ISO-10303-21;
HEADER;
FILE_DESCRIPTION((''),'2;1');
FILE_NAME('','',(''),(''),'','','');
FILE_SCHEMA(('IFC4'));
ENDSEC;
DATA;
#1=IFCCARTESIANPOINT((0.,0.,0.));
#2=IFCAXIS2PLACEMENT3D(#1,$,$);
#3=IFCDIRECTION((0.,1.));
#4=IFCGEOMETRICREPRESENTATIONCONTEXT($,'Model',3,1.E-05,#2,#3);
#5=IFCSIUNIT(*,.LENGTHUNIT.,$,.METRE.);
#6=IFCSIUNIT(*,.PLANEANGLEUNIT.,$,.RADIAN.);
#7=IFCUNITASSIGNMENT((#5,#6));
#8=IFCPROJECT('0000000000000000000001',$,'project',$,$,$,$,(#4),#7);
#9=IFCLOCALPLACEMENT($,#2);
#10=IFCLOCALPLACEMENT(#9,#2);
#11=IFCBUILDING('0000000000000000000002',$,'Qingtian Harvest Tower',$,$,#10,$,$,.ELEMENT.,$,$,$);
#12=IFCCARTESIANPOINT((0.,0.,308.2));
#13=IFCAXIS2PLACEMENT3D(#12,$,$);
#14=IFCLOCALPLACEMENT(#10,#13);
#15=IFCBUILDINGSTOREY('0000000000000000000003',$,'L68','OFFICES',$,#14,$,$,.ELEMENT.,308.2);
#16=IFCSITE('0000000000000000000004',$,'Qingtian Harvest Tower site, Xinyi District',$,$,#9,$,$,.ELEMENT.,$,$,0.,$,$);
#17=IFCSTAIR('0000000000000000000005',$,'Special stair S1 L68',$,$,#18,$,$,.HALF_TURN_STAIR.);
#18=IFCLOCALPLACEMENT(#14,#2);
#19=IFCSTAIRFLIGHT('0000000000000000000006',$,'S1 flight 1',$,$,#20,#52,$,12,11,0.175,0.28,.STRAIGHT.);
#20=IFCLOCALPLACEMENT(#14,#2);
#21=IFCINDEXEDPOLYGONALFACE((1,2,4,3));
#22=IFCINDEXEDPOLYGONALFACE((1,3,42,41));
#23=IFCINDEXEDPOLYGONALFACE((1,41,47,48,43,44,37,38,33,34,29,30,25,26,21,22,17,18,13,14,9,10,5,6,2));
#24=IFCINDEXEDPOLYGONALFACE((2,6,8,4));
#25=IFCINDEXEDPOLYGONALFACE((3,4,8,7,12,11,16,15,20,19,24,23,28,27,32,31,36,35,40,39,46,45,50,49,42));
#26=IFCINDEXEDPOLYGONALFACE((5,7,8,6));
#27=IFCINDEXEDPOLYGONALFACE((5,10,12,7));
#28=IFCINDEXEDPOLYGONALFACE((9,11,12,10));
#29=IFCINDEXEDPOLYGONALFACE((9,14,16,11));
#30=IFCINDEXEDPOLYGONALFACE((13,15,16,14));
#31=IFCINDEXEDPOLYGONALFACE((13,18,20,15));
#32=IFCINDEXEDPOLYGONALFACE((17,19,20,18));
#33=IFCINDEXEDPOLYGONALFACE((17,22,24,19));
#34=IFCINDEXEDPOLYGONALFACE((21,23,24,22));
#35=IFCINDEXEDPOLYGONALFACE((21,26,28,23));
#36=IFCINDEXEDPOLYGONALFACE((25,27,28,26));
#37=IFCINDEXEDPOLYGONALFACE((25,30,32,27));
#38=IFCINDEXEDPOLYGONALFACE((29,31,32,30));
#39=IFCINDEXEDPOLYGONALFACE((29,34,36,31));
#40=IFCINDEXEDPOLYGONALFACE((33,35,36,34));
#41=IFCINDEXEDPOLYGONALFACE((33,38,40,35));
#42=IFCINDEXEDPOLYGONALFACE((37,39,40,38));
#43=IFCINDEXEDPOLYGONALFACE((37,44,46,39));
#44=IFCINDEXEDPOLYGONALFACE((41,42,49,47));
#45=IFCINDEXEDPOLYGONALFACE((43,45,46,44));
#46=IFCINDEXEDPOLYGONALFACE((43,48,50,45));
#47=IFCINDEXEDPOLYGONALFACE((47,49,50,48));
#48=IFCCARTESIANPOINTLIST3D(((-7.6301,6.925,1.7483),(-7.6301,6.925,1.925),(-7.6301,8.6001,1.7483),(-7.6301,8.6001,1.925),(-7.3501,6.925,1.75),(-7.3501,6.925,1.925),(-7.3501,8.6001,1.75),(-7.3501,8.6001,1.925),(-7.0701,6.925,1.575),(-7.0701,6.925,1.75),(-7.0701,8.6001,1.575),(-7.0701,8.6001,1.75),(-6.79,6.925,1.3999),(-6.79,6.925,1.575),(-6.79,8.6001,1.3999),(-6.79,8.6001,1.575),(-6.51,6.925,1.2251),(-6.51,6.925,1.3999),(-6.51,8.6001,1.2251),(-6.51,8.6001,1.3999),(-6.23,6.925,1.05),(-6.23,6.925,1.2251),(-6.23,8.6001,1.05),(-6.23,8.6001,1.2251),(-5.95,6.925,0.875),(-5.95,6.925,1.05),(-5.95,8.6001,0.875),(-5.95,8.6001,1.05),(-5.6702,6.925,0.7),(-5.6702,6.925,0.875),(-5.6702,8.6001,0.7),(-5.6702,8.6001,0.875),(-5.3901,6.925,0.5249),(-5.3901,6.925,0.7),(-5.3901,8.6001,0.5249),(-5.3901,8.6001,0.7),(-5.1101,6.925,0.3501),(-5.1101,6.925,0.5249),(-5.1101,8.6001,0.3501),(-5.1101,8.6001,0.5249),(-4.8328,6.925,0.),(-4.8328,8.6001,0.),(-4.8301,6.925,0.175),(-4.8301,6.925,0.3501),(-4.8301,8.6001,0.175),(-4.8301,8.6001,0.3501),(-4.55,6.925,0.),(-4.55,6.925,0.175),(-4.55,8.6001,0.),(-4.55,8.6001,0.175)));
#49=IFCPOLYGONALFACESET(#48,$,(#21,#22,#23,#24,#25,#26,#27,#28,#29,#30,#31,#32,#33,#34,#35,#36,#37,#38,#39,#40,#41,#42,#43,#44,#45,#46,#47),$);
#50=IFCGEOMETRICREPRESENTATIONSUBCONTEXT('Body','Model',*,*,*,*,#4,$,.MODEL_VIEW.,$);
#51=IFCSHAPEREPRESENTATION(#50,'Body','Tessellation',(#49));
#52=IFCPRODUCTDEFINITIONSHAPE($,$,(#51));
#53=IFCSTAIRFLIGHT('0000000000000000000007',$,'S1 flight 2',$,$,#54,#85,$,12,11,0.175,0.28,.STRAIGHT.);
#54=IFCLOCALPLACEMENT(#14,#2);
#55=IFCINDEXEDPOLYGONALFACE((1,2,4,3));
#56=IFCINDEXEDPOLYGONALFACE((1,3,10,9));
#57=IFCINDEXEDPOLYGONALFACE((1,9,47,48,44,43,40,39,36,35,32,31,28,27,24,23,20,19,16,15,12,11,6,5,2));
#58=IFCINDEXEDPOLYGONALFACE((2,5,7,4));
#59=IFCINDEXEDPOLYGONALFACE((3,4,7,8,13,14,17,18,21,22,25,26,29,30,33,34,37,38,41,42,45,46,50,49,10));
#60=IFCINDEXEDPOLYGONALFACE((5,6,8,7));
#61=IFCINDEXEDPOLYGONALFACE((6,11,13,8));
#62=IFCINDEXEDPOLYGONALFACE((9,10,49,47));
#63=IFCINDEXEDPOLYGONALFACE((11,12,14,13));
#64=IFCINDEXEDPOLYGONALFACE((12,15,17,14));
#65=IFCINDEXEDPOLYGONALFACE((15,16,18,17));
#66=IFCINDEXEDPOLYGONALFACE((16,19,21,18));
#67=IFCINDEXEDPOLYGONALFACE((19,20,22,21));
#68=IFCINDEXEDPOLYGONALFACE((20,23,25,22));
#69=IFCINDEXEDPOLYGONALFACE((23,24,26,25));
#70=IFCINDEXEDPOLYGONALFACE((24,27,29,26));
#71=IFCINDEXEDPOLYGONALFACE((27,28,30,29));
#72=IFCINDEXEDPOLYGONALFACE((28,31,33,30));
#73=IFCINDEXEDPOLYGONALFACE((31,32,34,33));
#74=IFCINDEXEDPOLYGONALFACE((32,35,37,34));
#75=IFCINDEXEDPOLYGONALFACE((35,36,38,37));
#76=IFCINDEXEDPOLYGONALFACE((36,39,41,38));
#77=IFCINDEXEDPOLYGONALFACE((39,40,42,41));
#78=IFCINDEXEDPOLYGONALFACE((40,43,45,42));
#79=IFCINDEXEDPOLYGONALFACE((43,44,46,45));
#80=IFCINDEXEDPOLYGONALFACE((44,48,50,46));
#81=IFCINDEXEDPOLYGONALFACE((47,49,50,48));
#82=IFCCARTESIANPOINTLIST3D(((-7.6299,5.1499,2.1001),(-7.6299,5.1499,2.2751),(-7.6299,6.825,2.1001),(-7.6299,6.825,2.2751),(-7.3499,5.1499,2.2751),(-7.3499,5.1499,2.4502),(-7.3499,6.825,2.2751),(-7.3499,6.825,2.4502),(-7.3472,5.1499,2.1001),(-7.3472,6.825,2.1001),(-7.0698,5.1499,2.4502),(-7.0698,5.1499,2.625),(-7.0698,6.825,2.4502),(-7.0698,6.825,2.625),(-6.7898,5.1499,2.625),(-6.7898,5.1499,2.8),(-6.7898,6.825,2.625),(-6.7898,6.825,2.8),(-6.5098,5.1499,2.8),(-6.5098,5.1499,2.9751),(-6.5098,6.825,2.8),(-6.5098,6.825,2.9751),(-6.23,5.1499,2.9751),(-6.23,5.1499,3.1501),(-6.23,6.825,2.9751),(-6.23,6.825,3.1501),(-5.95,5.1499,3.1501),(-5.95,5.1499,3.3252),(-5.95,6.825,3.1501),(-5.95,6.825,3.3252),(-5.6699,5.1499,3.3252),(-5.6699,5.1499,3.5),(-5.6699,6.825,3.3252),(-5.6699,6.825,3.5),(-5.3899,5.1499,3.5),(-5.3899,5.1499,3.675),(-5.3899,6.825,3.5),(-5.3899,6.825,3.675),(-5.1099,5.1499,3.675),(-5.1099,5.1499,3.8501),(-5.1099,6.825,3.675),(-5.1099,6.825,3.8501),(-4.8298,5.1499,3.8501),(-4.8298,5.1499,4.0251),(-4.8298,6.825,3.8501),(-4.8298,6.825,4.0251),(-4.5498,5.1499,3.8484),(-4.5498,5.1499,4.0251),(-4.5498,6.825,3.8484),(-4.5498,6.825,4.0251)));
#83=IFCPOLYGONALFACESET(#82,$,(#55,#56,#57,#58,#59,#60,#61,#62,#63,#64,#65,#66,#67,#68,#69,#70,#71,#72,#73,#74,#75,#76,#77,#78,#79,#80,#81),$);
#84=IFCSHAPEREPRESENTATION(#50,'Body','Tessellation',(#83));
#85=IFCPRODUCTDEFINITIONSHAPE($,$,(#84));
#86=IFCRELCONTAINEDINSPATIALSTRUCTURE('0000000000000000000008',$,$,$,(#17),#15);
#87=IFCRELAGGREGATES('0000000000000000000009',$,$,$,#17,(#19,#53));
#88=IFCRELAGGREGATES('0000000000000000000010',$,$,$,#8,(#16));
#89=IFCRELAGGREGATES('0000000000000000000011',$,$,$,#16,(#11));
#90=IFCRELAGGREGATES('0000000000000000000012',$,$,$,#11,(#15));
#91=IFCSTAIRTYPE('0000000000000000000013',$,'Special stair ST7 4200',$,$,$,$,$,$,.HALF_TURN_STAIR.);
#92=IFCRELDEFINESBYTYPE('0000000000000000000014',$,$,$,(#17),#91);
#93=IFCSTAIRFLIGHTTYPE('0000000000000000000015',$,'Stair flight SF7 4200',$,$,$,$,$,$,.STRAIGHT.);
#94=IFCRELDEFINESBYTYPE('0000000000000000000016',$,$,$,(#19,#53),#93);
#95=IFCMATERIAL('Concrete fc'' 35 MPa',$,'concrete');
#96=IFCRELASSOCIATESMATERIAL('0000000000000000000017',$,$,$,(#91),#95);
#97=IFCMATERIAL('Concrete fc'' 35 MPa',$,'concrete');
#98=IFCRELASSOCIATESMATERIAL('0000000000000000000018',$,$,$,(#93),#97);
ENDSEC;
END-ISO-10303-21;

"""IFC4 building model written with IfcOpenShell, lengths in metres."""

from ifc_helpers import new_model, si_unit, direction, frame, origin, place, context, subcontext, project, spatial, polyline, outline, extrude, material, type_object, element, aggregate, save


model = new_model("IFC4")

# Units and contexts
model_context = context("Model", 3, precision=1e-05, world=origin(), true_north=direction((0.0, 1.0)))
body_context = subcontext(model_context, "Body", "Model", "MODEL_VIEW")
ifc_project = project(units=[si_unit("LENGTHUNIT", "METRE"), si_unit("PLANEANGLEUNIT", "RADIAN")], contexts=[model_context])

# Site, building, storey
site_placement = place(None, origin())
site = spatial("IfcSite", under=ifc_project, at=site_placement, Name="Qingtian Harvest Tower site, Xinyi District", CompositionType="ELEMENT", RefElevation=0.0)
building_placement = place(site_placement, origin())
building = spatial("IfcBuilding", under=site, at=building_placement, Name="Qingtian Harvest Tower", CompositionType="ELEMENT")
storey_placement = place(building_placement, frame((0.0, 0.0, 308.2)))
storey = spatial("IfcBuildingStorey", under=building, at=storey_placement, Name="L68", Description="OFFICES", CompositionType="ELEMENT", Elevation=308.2)

# Stair, stair flights
ifc_material_1 = material(Name="Concrete fc' 35 MPa", Category="concrete")
stair_type = type_object("IfcStairType", Name="Special stair ST7 4200", PredefinedType="HALF_TURN_STAIR", material=ifc_material_1)
stair_placement = place(storey_placement, origin())
stair = element("IfcStair", 1, at=stair_placement, inside=storey, type_object=stair_type, Name="Special stair S1 L68", PredefinedType="HALF_TURN_STAIR")
ifc_material_2 = material(Name="Concrete fc' 35 MPa", Category="concrete")
stair_flight_type = type_object("IfcStairFlightType", Name="Stair flight SF7 4200", PredefinedType="STRAIGHT", material=ifc_material_2)
stair_flight_1_placement = place(storey_placement, frame((-4.55, 7.7625, 0.0), z_axis=(0.0, 0.0, 1.0), x_axis=(-1.0, 0.0, 0.0)))
stair_flight_1 = element("IfcStairFlight", 2, at=stair_flight_1_placement, type_object=stair_flight_type, Name="S1 flight 1", NumberOfRisers=12, NumberOfTreads=11, PredefinedType="STRAIGHT", RiserHeight=0.175, TreadLength=0.28, context=body_context, shape_type="SweptSolid", body=[
    extrude(outline(polyline([(0.0, 0.0), (0.0, 0.175), (0.28, 0.175), (0.28, 0.3501), (0.5601, 0.3501), (0.5601, 0.5249), (0.8401, 0.5249), (0.8401, 0.7), (1.1201, 0.7), (1.1201, 0.875), (1.3999, 0.875), (1.3999, 1.05), (1.6799, 1.05), (1.6799, 1.2251), (1.96, 1.2251), (1.96, 1.3999), (2.24, 1.3999), (2.24, 1.575), (2.52, 1.575), (2.52, 1.75), (2.8, 1.75), (2.8, 1.925), (3.0801, 1.925), (3.0801, 2.1001), (3.0801, 1.7483), (0.2827, 0.0), (0.0, 0.0)])), frame((0.0, 0.8374, 0.0), z_axis=(0.0, -1.0, 0.0), x_axis=(1.0, 0.0, 0.0)), (0.0, 0.0, 1.0), 1.675),
])
stair_flight_2_placement = place(storey_placement, frame((-7.6299, 5.9875, 2.1001), z_axis=(0.0, 0.0, 1.0), x_axis=(1.0, 0.0, 0.0)))
stair_flight_2 = element("IfcStairFlight", 3, at=stair_flight_2_placement, type_object=stair_flight_type, Name="S1 flight 2", NumberOfRisers=12, NumberOfTreads=11, PredefinedType="STRAIGHT", RiserHeight=0.175, TreadLength=0.28, context=body_context, shape_type="SweptSolid", body=[
    extrude(outline(polyline([(0.0, 0.0), (0.0, 0.175), (0.28, 0.175), (0.28, 0.3501), (0.5601, 0.3501), (0.5601, 0.5249), (0.8401, 0.5249), (0.8401, 0.7), (1.1201, 0.7), (1.1201, 0.875), (1.3999, 0.875), (1.3999, 1.05), (1.6799, 1.05), (1.6799, 1.2251), (1.96, 1.2251), (1.96, 1.3999), (2.24, 1.3999), (2.24, 1.575), (2.52, 1.575), (2.52, 1.75), (2.8, 1.75), (2.8, 1.925), (3.0801, 1.925), (3.0801, 2.1001), (3.0801, 1.7483), (0.2827, 0.0), (0.0, 0.0)])), frame((0.0, 0.8374, 0.0), z_axis=(0.0, -1.0, 0.0), x_axis=(1.0, 0.0, 0.0)), (0.0, 0.0, 1.0), 1.675),
])
aggregate(stair, [stair_flight_1, stair_flight_2])

save(model, "model.ifc")
